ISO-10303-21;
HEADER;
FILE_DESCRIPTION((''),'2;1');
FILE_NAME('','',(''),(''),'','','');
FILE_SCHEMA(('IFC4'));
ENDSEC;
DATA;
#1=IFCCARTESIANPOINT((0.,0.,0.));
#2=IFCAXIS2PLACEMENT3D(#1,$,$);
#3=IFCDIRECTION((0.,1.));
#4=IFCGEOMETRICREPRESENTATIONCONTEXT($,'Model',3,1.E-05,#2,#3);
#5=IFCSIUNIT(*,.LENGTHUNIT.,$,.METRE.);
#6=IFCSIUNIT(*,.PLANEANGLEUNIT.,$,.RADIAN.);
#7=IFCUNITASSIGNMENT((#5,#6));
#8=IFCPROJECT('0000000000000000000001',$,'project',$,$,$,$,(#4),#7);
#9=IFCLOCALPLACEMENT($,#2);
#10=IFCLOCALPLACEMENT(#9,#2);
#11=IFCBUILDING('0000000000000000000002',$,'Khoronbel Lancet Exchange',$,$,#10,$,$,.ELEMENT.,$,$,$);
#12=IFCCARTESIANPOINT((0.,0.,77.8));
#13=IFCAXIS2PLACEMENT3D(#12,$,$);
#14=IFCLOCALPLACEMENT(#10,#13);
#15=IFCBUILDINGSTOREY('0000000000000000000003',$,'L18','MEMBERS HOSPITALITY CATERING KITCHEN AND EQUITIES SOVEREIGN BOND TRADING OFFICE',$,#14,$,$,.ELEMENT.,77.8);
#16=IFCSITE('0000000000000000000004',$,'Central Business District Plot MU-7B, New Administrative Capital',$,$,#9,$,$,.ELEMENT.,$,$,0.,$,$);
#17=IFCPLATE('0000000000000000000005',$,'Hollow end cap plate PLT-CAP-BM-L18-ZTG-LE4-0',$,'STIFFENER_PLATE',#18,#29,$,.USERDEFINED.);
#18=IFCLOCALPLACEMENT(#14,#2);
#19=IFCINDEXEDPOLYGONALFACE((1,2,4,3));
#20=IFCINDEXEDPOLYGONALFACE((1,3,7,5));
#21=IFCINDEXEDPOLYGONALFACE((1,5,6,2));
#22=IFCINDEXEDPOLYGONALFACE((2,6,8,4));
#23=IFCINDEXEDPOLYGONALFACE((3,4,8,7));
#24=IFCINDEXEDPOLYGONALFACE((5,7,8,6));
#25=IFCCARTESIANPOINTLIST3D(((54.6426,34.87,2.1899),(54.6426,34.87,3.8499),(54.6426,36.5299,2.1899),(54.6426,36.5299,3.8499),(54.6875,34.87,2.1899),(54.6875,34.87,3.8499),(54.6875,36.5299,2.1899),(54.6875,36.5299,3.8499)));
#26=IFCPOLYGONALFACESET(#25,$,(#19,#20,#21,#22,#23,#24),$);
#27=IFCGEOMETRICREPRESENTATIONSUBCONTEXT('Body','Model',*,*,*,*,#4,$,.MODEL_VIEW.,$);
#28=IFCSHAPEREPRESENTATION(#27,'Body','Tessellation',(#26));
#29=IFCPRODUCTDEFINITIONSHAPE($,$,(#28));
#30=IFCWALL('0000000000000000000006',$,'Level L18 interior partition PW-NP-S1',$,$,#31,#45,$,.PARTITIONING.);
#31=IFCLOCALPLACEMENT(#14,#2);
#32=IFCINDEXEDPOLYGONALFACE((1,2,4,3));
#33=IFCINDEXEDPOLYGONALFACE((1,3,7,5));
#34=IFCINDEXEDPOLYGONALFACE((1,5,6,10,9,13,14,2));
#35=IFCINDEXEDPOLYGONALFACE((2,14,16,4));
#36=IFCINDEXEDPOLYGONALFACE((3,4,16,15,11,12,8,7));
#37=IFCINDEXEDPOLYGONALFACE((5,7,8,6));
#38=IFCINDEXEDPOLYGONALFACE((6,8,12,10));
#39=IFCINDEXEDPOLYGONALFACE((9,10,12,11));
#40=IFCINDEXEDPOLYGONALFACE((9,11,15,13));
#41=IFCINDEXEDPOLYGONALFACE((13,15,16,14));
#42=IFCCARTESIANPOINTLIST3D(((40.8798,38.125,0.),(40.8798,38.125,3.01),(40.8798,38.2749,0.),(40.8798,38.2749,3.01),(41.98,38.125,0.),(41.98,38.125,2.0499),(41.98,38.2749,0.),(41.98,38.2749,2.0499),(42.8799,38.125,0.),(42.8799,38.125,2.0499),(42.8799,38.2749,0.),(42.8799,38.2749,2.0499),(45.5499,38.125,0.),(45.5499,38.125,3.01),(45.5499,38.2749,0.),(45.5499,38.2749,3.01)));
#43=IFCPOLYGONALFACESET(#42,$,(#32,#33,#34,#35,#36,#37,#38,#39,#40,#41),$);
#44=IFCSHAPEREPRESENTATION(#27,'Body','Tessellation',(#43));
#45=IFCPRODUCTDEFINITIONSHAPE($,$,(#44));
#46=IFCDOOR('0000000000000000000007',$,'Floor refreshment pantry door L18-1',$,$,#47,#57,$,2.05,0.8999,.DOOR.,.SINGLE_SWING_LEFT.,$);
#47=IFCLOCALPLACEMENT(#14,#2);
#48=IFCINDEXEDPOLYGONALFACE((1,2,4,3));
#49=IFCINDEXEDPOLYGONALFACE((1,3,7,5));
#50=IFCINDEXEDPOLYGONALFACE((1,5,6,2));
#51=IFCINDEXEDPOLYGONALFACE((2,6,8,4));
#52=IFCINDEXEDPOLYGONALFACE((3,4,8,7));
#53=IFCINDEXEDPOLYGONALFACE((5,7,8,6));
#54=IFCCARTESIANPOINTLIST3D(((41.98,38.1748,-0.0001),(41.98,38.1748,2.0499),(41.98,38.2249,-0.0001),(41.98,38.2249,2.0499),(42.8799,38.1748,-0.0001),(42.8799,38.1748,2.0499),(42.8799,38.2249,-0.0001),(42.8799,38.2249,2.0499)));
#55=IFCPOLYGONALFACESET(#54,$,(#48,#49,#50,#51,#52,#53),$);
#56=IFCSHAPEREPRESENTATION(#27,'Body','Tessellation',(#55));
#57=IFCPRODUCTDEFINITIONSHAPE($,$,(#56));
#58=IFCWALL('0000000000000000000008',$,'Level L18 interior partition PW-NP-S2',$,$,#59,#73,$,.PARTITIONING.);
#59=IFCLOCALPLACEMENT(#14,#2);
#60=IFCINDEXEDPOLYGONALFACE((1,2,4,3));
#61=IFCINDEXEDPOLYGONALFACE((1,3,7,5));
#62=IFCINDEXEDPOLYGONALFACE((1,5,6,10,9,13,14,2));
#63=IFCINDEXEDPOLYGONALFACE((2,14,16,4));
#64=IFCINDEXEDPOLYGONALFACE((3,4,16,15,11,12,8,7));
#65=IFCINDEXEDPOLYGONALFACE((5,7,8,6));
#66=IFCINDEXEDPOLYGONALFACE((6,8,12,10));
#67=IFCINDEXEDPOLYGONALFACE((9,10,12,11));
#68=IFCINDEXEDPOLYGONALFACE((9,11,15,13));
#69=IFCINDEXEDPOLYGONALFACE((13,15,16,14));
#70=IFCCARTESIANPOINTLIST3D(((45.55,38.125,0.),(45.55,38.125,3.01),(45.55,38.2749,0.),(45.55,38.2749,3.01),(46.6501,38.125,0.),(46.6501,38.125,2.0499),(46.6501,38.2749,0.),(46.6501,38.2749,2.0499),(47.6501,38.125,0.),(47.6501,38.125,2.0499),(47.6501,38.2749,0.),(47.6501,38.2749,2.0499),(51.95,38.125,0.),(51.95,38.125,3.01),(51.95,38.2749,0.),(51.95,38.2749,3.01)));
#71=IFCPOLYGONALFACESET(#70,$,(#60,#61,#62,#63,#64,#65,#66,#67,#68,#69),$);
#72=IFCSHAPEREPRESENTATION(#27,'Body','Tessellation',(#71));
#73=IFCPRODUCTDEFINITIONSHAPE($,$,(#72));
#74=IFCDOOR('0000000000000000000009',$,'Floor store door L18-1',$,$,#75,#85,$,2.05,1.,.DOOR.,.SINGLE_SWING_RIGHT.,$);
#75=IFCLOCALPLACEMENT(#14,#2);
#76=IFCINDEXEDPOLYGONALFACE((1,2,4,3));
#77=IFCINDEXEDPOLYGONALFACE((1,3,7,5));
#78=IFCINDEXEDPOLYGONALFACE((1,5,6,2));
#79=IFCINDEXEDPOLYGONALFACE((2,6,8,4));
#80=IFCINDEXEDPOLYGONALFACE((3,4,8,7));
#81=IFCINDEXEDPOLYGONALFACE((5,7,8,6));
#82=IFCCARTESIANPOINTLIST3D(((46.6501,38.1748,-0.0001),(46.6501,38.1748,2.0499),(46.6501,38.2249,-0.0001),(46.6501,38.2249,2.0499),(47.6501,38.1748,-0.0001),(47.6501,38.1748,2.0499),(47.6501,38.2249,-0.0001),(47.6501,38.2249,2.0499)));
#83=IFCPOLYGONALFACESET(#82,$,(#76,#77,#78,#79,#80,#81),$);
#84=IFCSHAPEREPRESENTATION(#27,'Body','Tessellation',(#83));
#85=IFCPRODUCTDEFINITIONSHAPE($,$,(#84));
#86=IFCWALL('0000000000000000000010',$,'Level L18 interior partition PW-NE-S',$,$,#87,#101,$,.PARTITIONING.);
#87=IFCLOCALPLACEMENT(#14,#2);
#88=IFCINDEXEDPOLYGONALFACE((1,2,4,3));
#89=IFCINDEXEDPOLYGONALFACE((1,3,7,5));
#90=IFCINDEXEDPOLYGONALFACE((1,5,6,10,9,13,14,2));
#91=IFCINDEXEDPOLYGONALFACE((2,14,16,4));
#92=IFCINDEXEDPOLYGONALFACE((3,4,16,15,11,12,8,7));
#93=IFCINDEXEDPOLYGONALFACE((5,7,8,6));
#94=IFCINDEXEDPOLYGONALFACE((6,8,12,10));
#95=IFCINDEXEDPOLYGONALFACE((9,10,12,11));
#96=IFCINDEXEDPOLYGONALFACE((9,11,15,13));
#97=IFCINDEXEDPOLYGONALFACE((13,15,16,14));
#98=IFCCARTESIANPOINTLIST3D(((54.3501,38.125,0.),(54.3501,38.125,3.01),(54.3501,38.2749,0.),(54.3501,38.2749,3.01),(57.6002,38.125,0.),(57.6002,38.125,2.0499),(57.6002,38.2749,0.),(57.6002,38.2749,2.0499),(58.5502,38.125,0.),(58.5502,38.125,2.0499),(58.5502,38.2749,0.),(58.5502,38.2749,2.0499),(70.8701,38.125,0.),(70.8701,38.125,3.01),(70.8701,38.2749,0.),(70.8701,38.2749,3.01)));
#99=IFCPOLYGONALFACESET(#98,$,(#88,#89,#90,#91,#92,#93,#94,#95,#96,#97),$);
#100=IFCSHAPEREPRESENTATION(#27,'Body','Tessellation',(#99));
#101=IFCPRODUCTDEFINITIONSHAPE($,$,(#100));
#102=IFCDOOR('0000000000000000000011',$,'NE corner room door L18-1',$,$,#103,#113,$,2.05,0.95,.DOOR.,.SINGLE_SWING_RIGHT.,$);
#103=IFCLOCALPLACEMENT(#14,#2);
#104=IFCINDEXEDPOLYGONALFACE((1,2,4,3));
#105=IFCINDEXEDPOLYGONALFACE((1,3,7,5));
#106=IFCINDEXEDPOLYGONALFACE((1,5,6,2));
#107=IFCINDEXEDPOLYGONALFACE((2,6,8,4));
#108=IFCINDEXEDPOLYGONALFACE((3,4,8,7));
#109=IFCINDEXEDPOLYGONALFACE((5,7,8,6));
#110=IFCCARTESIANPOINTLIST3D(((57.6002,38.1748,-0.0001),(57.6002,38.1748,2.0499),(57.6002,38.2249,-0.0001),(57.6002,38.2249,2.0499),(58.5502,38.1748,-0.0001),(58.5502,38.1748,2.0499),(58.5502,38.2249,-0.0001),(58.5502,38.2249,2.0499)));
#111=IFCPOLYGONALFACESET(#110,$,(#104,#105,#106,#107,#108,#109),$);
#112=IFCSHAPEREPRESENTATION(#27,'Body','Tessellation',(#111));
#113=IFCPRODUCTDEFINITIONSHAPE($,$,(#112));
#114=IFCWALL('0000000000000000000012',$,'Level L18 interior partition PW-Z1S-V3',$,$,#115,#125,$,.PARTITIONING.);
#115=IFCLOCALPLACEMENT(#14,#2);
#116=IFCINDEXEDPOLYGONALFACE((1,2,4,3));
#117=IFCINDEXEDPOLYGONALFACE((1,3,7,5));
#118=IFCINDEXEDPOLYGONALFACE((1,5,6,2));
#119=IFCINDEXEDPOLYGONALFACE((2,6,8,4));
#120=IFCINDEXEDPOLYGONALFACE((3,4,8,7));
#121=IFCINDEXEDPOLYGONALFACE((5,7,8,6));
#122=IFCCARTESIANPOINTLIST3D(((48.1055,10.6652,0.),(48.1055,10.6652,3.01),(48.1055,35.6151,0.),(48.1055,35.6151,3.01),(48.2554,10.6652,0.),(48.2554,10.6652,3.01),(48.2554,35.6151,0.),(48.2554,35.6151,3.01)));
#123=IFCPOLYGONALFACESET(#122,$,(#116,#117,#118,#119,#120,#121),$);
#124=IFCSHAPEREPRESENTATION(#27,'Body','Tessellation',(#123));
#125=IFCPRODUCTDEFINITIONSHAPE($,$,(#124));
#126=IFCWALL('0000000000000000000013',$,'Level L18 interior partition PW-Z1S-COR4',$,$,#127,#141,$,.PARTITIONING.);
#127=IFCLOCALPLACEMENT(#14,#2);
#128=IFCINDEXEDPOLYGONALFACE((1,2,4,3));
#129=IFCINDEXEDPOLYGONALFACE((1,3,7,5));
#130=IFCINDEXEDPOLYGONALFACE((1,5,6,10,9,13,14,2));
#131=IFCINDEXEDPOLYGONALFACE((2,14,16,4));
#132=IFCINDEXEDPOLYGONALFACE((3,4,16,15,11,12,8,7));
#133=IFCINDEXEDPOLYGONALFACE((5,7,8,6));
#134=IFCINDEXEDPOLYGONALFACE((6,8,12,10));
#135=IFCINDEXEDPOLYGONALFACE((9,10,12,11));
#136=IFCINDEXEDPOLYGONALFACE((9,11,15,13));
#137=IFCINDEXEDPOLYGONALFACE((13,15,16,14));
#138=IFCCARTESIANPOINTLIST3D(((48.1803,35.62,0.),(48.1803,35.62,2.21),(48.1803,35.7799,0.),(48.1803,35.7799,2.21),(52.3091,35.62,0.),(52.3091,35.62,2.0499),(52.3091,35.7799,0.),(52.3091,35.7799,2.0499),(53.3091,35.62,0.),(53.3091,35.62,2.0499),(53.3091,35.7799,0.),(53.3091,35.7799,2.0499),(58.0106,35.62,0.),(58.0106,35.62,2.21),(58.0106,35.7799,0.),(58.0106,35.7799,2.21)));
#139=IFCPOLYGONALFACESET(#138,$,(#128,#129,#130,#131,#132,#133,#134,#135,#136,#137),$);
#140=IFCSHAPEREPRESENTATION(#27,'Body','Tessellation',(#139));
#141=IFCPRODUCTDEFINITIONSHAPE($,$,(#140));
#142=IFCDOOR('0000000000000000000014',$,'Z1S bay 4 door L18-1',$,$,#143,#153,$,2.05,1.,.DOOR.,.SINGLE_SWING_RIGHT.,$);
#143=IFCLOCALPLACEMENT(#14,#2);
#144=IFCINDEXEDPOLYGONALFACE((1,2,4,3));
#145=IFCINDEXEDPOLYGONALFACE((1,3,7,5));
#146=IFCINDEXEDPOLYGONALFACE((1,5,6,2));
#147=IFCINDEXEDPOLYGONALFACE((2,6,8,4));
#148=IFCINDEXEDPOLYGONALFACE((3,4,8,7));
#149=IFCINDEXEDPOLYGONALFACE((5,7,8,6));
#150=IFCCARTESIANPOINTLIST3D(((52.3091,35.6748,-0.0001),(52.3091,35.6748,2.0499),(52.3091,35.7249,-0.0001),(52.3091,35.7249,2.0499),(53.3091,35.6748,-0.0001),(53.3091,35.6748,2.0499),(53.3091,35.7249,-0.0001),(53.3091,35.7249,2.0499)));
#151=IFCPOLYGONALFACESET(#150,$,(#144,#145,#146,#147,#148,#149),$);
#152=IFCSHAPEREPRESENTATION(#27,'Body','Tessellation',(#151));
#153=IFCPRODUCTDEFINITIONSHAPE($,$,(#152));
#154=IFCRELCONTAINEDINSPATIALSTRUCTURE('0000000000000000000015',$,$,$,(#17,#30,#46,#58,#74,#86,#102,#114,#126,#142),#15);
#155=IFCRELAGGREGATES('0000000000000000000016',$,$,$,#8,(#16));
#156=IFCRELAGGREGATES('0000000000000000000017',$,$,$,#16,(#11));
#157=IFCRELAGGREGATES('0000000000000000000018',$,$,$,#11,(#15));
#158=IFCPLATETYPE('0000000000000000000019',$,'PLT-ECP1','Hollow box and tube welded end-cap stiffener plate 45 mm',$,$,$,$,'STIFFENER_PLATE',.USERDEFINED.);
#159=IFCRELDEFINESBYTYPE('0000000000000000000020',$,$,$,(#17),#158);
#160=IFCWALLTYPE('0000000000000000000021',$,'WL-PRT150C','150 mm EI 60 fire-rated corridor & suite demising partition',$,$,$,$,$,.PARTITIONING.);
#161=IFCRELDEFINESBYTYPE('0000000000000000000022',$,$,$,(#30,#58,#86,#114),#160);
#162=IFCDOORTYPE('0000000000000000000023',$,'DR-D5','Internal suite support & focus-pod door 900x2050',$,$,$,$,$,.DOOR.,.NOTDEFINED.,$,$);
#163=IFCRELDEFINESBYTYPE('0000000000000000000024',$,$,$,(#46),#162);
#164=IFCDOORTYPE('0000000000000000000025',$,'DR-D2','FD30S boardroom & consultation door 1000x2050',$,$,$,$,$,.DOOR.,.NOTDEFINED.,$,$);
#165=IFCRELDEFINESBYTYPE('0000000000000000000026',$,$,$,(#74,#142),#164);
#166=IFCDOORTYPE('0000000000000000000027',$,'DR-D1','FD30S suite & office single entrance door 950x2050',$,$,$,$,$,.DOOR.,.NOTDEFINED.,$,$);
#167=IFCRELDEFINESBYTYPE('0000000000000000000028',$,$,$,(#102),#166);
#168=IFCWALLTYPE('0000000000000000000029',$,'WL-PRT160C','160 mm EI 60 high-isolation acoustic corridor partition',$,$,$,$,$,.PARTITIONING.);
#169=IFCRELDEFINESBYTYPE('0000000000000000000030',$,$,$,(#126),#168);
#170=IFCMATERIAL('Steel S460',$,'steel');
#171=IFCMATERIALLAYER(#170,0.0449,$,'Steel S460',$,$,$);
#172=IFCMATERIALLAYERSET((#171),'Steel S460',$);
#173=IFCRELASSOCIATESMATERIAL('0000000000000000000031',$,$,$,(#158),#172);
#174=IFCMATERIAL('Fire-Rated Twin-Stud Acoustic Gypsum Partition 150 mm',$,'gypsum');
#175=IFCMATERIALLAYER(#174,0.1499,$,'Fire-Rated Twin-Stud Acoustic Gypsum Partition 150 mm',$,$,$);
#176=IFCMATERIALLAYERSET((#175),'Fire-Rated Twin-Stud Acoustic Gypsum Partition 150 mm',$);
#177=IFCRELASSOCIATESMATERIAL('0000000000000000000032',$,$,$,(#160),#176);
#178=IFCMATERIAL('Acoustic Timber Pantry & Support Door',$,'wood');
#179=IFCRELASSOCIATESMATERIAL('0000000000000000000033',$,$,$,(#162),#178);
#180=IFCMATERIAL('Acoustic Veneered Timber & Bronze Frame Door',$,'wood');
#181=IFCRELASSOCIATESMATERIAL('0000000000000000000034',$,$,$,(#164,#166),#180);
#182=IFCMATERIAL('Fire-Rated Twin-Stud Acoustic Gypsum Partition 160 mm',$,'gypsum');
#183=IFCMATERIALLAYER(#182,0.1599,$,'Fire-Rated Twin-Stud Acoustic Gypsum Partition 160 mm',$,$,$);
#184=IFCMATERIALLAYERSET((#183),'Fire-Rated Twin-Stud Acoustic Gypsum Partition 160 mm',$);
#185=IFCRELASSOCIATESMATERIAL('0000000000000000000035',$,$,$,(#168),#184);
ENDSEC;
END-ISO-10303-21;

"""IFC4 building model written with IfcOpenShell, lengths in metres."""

from ifc_helpers import new_model, si_unit, direction, frame, frame_2d, origin, origin_2d, place, context, subcontext, project, spatial, rectangle, extrude, material, layer, layer_set, type_object, element, fill, save


model = new_model("IFC4")

# Units and contexts
model_context = context("Model", 3, precision=1e-05, world=origin(), true_north=direction((0.0, 1.0)))
body_context = subcontext(model_context, "Body", "Model", "MODEL_VIEW")
ifc_project = project(units=[si_unit("LENGTHUNIT", "METRE"), si_unit("PLANEANGLEUNIT", "RADIAN")], contexts=[model_context])

# Site, building, storey
site_placement = place(None, origin())
site = spatial("IfcSite", under=ifc_project, at=site_placement, Name="Central Business District Plot MU-7B, New Administrative Capital", CompositionType="ELEMENT", RefElevation=0.0)
building_placement = place(site_placement, origin())
building = spatial("IfcBuilding", under=site, at=building_placement, Name="Khoronbel Lancet Exchange", CompositionType="ELEMENT")
storey_placement = place(building_placement, frame((0.0, 0.0, 77.8)))
storey = spatial("IfcBuildingStorey", under=building, at=storey_placement, Name="L18", Description="MEMBERS HOSPITALITY CATERING KITCHEN AND EQUITIES SOVEREIGN BOND TRADING OFFICE", CompositionType="ELEMENT", Elevation=77.8)

# Shared definitions
ifc_material_1 = material(Name="Steel S460", Category="steel")

# Plate
ifc_layer_1 = layer(ifc_material_1, 0.0449, Name="Steel S460")
ifc_layer_set_1 = layer_set([ifc_layer_1], Name="Steel S460")
plate_type = type_object("IfcPlateType", Name="PLT-ECP1", Description="Hollow box and tube welded end-cap stiffener plate 45 mm", ElementType="STIFFENER_PLATE", PredefinedType="USERDEFINED", material=ifc_layer_set_1)
for number, where, z_axis, x_axis, name in (
    (1, (54.665, 35.7, 2.1899), (0.0, 0.0, 1.0), (-1.0, 0.0, 0.0), "Hollow end cap plate PLT-CAP-BM-L18-ZTG-LE4-0"),
):
    element("IfcPlate", number, at=place(storey_placement, frame(where, z_axis=z_axis, x_axis=x_axis)), inside=storey, type_object=plate_type, Name=name, ObjectType="STIFFENER_PLATE", PredefinedType="USERDEFINED", context=body_context, shape_type="SweptSolid", body=[
        extrude(rectangle(XDim=0.0449, YDim=1.6599, at=origin_2d()), origin(), (0.0, 0.0, 1.0), 1.6599),
    ])

# Walls, openings, doors
ifc_material_2 = material(Name="Fire-Rated Twin-Stud Acoustic Gypsum Partition 150 mm", Category="gypsum")
ifc_layer_2 = layer(ifc_material_2, 0.1499, Name="Fire-Rated Twin-Stud Acoustic Gypsum Partition 150 mm")
ifc_layer_set_2 = layer_set([ifc_layer_2], Name="Fire-Rated Twin-Stud Acoustic Gypsum Partition 150 mm")
wall_type_1 = type_object("IfcWallType", Name="WL-PRT150C", Description="150 mm EI 60 fire-rated corridor & suite demising partition", PredefinedType="PARTITIONING", material=ifc_layer_set_2)
wall_1_placement = place(storey_placement, frame((40.8799, 38.2, 0.0), z_axis=(0.0, 0.0, 1.0), x_axis=(1.0, 0.0, 0.0)))
wall_1 = element("IfcWall", 2, at=wall_1_placement, inside=storey, type_object=wall_type_1, Name="Level L18 interior partition PW-NP-S1", PredefinedType="PARTITIONING", context=body_context, shape_type="SweptSolid", body=[
    extrude(rectangle(XDim=4.6702, YDim=0.1499, at=frame_2d((2.335, 0.0))), origin(), (0.0, 0.0, 1.0), 3.01),
])
opening_1_placement = place(wall_1_placement, frame((1.1001, 0.0, 0.0)))
opening_1 = element("IfcOpeningElement", 3, at=opening_1_placement, cuts=wall_1, PredefinedType="OPENING", context=body_context, shape_type="SweptSolid", body=[
    extrude(rectangle(XDim=0.8999, YDim=2.05, at=frame_2d((0.45, 1.0249))), frame((0.0, 0.085, 0.0), z_axis=(0.0, -1.0, 0.0), x_axis=(1.0, 0.0, 0.0)), (0.0, 0.0, 1.0), 0.1699),
])
ifc_material_3 = material(Name="Acoustic Timber Pantry & Support Door", Category="wood")
door_type_1 = type_object("IfcDoorType", Name="DR-D5", Description="Internal suite support & focus-pod door 900x2050", OperationType="NOTDEFINED", PredefinedType="DOOR", material=ifc_material_3)
door_1_placement = place(opening_1_placement, origin())
door_1 = element("IfcDoor", 4, at=door_1_placement, inside=storey, type_object=door_type_1, Name="Floor refreshment pantry door L18-1", OperationType="SINGLE_SWING_LEFT", OverallHeight=2.05, OverallWidth=0.8999, PredefinedType="DOOR", context=body_context, shape_type="SweptSolid", body=[
    extrude(rectangle(XDim=0.8999, YDim=2.05, at=frame_2d((0.45, 1.0249))), frame((0.0, 0.0249, 0.0), z_axis=(0.0, -1.0, 0.0), x_axis=(1.0, 0.0, 0.0)), (0.0, 0.0, 1.0), 0.05),
])
fill(opening_1, door_1)
wall_2_placement = place(storey_placement, frame((45.55, 38.2, 0.0), z_axis=(0.0, 0.0, 1.0), x_axis=(1.0, 0.0, 0.0)))
wall_2 = element("IfcWall", 5, at=wall_2_placement, inside=storey, type_object=wall_type_1, Name="Level L18 interior partition PW-NP-S2", PredefinedType="PARTITIONING", context=body_context, shape_type="SweptSolid", body=[
    extrude(rectangle(XDim=6.3999, YDim=0.1499, at=frame_2d((3.2, 0.0))), origin(), (0.0, 0.0, 1.0), 3.01),
])
opening_2_placement = place(wall_2_placement, frame((1.1001, 0.0, 0.0)))
opening_2 = element("IfcOpeningElement", 6, at=opening_2_placement, cuts=wall_2, PredefinedType="OPENING", context=body_context, shape_type="SweptSolid", body=[
    extrude(rectangle(XDim=1.0, YDim=2.05, at=frame_2d((0.5, 1.0249))), frame((0.0, 0.085, 0.0), z_axis=(0.0, -1.0, 0.0), x_axis=(1.0, 0.0, 0.0)), (0.0, 0.0, 1.0), 0.1699),
])
ifc_material_4 = material(Name="Acoustic Veneered Timber & Bronze Frame Door", Category="wood")
door_type_2 = type_object("IfcDoorType", Name="DR-D2", Description="FD30S boardroom & consultation door 1000x2050", OperationType="NOTDEFINED", PredefinedType="DOOR", material=ifc_material_4)
door_2_placement = place(opening_2_placement, origin())
door_2 = element("IfcDoor", 7, at=door_2_placement, inside=storey, type_object=door_type_2, Name="Floor store door L18-1", OperationType="SINGLE_SWING_RIGHT", OverallHeight=2.05, OverallWidth=1.0, PredefinedType="DOOR", context=body_context, shape_type="SweptSolid", body=[
    extrude(rectangle(XDim=1.0, YDim=2.05, at=frame_2d((0.5, 1.0249))), frame((0.0, 0.0249, 0.0), z_axis=(0.0, -1.0, 0.0), x_axis=(1.0, 0.0, 0.0)), (0.0, 0.0, 1.0), 0.05),
])
fill(opening_2, door_2)
wall_3_placement = place(storey_placement, frame((54.3501, 38.2, 0.0), z_axis=(0.0, 0.0, 1.0), x_axis=(1.0, 0.0, 0.0)))
wall_3 = element("IfcWall", 8, at=wall_3_placement, inside=storey, type_object=wall_type_1, Name="Level L18 interior partition PW-NE-S", PredefinedType="PARTITIONING", context=body_context, shape_type="SweptSolid", body=[
    extrude(rectangle(XDim=16.52, YDim=0.1499, at=frame_2d((8.26, 0.0))), origin(), (0.0, 0.0, 1.0), 3.01),
])
opening_3_placement = place(wall_3_placement, frame((3.25, 0.0, 0.0)))
opening_3 = element("IfcOpeningElement", 9, at=opening_3_placement, cuts=wall_3, PredefinedType="OPENING", context=body_context, shape_type="SweptSolid", body=[
    extrude(rectangle(XDim=0.95, YDim=2.05, at=frame_2d((0.4751, 1.0249))), frame((0.0, 0.085, 0.0), z_axis=(0.0, -1.0, 0.0), x_axis=(1.0, 0.0, 0.0)), (0.0, 0.0, 1.0), 0.1699),
])
door_type_3 = type_object("IfcDoorType", Name="DR-D1", Description="FD30S suite & office single entrance door 950x2050", OperationType="NOTDEFINED", PredefinedType="DOOR", material=ifc_material_4)
door_3_placement = place(opening_3_placement, origin())
door_3 = element("IfcDoor", 10, at=door_3_placement, inside=storey, type_object=door_type_3, Name="NE corner room door L18-1", OperationType="SINGLE_SWING_RIGHT", OverallHeight=2.05, OverallWidth=0.95, PredefinedType="DOOR", context=body_context, shape_type="SweptSolid", body=[
    extrude(rectangle(XDim=0.95, YDim=2.05, at=frame_2d((0.4751, 1.0249))), frame((0.0, 0.0249, 0.0), z_axis=(0.0, -1.0, 0.0), x_axis=(1.0, 0.0, 0.0)), (0.0, 0.0, 1.0), 0.05),
])
fill(opening_3, door_3)

# Wall
wall_4_placement = place(storey_placement, frame((48.1804, 10.665, 0.0), z_axis=(0.0, 0.0, 1.0), x_axis=(0.0, 1.0, 0.0)))
element("IfcWall", 11, at=wall_4_placement, inside=storey, type_object=wall_type_1, Name="Level L18 interior partition PW-Z1S-V3", PredefinedType="PARTITIONING", context=body_context, shape_type="SweptSolid", body=[
    extrude(rectangle(XDim=24.95, YDim=0.1499, at=frame_2d((12.4751, 0.0))), origin(), (0.0, 0.0, 1.0), 3.01),
])

# Wall, opening, door
ifc_material_5 = material(Name="Fire-Rated Twin-Stud Acoustic Gypsum Partition 160 mm", Category="gypsum")
ifc_layer_3 = layer(ifc_material_5, 0.1599, Name="Fire-Rated Twin-Stud Acoustic Gypsum Partition 160 mm")
ifc_layer_set_3 = layer_set([ifc_layer_3], Name="Fire-Rated Twin-Stud Acoustic Gypsum Partition 160 mm")
wall_type_2 = type_object("IfcWallType", Name="WL-PRT160C", Description="160 mm EI 60 high-isolation acoustic corridor partition", PredefinedType="PARTITIONING", material=ifc_layer_set_3)
wall_5_placement = place(storey_placement, frame((48.1804, 35.7, 0.0), z_axis=(0.0, 0.0, 1.0), x_axis=(1.0, 0.0, 0.0)))
wall_5 = element("IfcWall", 12, at=wall_5_placement, inside=storey, type_object=wall_type_2, Name="Level L18 interior partition PW-Z1S-COR4", PredefinedType="PARTITIONING", context=body_context, shape_type="SweptSolid", body=[
    extrude(rectangle(XDim=9.8303, YDim=0.1599, at=frame_2d((4.915, 0.0))), origin(), (0.0, 0.0, 1.0), 2.21),
])
opening_4_placement = place(wall_5_placement, frame((4.1287, 0.0, 0.0)))
opening_4 = element("IfcOpeningElement", 13, at=opening_4_placement, cuts=wall_5, PredefinedType="OPENING", context=body_context, shape_type="SweptSolid", body=[
    extrude(rectangle(XDim=1.0, YDim=2.05, at=frame_2d((0.5, 1.0249))), frame((0.0, 0.0898, 0.0), z_axis=(0.0, -1.0, 0.0), x_axis=(1.0, 0.0, 0.0)), (0.0, 0.0, 1.0), 0.1799),
])
door_4_placement = place(opening_4_placement, origin())
door_4 = element("IfcDoor", 14, at=door_4_placement, inside=storey, type_object=door_type_2, Name="Z1S bay 4 door L18-1", OperationType="SINGLE_SWING_RIGHT", OverallHeight=2.05, OverallWidth=1.0, PredefinedType="DOOR", context=body_context, shape_type="SweptSolid", body=[
    extrude(rectangle(XDim=1.0, YDim=2.05, at=frame_2d((0.5, 1.0249))), frame((0.0, 0.0249, 0.0), z_axis=(0.0, -1.0, 0.0), x_axis=(1.0, 0.0, 0.0)), (0.0, 0.0, 1.0), 0.05),
])
fill(opening_4, door_4)

save(model, "model.ifc")
